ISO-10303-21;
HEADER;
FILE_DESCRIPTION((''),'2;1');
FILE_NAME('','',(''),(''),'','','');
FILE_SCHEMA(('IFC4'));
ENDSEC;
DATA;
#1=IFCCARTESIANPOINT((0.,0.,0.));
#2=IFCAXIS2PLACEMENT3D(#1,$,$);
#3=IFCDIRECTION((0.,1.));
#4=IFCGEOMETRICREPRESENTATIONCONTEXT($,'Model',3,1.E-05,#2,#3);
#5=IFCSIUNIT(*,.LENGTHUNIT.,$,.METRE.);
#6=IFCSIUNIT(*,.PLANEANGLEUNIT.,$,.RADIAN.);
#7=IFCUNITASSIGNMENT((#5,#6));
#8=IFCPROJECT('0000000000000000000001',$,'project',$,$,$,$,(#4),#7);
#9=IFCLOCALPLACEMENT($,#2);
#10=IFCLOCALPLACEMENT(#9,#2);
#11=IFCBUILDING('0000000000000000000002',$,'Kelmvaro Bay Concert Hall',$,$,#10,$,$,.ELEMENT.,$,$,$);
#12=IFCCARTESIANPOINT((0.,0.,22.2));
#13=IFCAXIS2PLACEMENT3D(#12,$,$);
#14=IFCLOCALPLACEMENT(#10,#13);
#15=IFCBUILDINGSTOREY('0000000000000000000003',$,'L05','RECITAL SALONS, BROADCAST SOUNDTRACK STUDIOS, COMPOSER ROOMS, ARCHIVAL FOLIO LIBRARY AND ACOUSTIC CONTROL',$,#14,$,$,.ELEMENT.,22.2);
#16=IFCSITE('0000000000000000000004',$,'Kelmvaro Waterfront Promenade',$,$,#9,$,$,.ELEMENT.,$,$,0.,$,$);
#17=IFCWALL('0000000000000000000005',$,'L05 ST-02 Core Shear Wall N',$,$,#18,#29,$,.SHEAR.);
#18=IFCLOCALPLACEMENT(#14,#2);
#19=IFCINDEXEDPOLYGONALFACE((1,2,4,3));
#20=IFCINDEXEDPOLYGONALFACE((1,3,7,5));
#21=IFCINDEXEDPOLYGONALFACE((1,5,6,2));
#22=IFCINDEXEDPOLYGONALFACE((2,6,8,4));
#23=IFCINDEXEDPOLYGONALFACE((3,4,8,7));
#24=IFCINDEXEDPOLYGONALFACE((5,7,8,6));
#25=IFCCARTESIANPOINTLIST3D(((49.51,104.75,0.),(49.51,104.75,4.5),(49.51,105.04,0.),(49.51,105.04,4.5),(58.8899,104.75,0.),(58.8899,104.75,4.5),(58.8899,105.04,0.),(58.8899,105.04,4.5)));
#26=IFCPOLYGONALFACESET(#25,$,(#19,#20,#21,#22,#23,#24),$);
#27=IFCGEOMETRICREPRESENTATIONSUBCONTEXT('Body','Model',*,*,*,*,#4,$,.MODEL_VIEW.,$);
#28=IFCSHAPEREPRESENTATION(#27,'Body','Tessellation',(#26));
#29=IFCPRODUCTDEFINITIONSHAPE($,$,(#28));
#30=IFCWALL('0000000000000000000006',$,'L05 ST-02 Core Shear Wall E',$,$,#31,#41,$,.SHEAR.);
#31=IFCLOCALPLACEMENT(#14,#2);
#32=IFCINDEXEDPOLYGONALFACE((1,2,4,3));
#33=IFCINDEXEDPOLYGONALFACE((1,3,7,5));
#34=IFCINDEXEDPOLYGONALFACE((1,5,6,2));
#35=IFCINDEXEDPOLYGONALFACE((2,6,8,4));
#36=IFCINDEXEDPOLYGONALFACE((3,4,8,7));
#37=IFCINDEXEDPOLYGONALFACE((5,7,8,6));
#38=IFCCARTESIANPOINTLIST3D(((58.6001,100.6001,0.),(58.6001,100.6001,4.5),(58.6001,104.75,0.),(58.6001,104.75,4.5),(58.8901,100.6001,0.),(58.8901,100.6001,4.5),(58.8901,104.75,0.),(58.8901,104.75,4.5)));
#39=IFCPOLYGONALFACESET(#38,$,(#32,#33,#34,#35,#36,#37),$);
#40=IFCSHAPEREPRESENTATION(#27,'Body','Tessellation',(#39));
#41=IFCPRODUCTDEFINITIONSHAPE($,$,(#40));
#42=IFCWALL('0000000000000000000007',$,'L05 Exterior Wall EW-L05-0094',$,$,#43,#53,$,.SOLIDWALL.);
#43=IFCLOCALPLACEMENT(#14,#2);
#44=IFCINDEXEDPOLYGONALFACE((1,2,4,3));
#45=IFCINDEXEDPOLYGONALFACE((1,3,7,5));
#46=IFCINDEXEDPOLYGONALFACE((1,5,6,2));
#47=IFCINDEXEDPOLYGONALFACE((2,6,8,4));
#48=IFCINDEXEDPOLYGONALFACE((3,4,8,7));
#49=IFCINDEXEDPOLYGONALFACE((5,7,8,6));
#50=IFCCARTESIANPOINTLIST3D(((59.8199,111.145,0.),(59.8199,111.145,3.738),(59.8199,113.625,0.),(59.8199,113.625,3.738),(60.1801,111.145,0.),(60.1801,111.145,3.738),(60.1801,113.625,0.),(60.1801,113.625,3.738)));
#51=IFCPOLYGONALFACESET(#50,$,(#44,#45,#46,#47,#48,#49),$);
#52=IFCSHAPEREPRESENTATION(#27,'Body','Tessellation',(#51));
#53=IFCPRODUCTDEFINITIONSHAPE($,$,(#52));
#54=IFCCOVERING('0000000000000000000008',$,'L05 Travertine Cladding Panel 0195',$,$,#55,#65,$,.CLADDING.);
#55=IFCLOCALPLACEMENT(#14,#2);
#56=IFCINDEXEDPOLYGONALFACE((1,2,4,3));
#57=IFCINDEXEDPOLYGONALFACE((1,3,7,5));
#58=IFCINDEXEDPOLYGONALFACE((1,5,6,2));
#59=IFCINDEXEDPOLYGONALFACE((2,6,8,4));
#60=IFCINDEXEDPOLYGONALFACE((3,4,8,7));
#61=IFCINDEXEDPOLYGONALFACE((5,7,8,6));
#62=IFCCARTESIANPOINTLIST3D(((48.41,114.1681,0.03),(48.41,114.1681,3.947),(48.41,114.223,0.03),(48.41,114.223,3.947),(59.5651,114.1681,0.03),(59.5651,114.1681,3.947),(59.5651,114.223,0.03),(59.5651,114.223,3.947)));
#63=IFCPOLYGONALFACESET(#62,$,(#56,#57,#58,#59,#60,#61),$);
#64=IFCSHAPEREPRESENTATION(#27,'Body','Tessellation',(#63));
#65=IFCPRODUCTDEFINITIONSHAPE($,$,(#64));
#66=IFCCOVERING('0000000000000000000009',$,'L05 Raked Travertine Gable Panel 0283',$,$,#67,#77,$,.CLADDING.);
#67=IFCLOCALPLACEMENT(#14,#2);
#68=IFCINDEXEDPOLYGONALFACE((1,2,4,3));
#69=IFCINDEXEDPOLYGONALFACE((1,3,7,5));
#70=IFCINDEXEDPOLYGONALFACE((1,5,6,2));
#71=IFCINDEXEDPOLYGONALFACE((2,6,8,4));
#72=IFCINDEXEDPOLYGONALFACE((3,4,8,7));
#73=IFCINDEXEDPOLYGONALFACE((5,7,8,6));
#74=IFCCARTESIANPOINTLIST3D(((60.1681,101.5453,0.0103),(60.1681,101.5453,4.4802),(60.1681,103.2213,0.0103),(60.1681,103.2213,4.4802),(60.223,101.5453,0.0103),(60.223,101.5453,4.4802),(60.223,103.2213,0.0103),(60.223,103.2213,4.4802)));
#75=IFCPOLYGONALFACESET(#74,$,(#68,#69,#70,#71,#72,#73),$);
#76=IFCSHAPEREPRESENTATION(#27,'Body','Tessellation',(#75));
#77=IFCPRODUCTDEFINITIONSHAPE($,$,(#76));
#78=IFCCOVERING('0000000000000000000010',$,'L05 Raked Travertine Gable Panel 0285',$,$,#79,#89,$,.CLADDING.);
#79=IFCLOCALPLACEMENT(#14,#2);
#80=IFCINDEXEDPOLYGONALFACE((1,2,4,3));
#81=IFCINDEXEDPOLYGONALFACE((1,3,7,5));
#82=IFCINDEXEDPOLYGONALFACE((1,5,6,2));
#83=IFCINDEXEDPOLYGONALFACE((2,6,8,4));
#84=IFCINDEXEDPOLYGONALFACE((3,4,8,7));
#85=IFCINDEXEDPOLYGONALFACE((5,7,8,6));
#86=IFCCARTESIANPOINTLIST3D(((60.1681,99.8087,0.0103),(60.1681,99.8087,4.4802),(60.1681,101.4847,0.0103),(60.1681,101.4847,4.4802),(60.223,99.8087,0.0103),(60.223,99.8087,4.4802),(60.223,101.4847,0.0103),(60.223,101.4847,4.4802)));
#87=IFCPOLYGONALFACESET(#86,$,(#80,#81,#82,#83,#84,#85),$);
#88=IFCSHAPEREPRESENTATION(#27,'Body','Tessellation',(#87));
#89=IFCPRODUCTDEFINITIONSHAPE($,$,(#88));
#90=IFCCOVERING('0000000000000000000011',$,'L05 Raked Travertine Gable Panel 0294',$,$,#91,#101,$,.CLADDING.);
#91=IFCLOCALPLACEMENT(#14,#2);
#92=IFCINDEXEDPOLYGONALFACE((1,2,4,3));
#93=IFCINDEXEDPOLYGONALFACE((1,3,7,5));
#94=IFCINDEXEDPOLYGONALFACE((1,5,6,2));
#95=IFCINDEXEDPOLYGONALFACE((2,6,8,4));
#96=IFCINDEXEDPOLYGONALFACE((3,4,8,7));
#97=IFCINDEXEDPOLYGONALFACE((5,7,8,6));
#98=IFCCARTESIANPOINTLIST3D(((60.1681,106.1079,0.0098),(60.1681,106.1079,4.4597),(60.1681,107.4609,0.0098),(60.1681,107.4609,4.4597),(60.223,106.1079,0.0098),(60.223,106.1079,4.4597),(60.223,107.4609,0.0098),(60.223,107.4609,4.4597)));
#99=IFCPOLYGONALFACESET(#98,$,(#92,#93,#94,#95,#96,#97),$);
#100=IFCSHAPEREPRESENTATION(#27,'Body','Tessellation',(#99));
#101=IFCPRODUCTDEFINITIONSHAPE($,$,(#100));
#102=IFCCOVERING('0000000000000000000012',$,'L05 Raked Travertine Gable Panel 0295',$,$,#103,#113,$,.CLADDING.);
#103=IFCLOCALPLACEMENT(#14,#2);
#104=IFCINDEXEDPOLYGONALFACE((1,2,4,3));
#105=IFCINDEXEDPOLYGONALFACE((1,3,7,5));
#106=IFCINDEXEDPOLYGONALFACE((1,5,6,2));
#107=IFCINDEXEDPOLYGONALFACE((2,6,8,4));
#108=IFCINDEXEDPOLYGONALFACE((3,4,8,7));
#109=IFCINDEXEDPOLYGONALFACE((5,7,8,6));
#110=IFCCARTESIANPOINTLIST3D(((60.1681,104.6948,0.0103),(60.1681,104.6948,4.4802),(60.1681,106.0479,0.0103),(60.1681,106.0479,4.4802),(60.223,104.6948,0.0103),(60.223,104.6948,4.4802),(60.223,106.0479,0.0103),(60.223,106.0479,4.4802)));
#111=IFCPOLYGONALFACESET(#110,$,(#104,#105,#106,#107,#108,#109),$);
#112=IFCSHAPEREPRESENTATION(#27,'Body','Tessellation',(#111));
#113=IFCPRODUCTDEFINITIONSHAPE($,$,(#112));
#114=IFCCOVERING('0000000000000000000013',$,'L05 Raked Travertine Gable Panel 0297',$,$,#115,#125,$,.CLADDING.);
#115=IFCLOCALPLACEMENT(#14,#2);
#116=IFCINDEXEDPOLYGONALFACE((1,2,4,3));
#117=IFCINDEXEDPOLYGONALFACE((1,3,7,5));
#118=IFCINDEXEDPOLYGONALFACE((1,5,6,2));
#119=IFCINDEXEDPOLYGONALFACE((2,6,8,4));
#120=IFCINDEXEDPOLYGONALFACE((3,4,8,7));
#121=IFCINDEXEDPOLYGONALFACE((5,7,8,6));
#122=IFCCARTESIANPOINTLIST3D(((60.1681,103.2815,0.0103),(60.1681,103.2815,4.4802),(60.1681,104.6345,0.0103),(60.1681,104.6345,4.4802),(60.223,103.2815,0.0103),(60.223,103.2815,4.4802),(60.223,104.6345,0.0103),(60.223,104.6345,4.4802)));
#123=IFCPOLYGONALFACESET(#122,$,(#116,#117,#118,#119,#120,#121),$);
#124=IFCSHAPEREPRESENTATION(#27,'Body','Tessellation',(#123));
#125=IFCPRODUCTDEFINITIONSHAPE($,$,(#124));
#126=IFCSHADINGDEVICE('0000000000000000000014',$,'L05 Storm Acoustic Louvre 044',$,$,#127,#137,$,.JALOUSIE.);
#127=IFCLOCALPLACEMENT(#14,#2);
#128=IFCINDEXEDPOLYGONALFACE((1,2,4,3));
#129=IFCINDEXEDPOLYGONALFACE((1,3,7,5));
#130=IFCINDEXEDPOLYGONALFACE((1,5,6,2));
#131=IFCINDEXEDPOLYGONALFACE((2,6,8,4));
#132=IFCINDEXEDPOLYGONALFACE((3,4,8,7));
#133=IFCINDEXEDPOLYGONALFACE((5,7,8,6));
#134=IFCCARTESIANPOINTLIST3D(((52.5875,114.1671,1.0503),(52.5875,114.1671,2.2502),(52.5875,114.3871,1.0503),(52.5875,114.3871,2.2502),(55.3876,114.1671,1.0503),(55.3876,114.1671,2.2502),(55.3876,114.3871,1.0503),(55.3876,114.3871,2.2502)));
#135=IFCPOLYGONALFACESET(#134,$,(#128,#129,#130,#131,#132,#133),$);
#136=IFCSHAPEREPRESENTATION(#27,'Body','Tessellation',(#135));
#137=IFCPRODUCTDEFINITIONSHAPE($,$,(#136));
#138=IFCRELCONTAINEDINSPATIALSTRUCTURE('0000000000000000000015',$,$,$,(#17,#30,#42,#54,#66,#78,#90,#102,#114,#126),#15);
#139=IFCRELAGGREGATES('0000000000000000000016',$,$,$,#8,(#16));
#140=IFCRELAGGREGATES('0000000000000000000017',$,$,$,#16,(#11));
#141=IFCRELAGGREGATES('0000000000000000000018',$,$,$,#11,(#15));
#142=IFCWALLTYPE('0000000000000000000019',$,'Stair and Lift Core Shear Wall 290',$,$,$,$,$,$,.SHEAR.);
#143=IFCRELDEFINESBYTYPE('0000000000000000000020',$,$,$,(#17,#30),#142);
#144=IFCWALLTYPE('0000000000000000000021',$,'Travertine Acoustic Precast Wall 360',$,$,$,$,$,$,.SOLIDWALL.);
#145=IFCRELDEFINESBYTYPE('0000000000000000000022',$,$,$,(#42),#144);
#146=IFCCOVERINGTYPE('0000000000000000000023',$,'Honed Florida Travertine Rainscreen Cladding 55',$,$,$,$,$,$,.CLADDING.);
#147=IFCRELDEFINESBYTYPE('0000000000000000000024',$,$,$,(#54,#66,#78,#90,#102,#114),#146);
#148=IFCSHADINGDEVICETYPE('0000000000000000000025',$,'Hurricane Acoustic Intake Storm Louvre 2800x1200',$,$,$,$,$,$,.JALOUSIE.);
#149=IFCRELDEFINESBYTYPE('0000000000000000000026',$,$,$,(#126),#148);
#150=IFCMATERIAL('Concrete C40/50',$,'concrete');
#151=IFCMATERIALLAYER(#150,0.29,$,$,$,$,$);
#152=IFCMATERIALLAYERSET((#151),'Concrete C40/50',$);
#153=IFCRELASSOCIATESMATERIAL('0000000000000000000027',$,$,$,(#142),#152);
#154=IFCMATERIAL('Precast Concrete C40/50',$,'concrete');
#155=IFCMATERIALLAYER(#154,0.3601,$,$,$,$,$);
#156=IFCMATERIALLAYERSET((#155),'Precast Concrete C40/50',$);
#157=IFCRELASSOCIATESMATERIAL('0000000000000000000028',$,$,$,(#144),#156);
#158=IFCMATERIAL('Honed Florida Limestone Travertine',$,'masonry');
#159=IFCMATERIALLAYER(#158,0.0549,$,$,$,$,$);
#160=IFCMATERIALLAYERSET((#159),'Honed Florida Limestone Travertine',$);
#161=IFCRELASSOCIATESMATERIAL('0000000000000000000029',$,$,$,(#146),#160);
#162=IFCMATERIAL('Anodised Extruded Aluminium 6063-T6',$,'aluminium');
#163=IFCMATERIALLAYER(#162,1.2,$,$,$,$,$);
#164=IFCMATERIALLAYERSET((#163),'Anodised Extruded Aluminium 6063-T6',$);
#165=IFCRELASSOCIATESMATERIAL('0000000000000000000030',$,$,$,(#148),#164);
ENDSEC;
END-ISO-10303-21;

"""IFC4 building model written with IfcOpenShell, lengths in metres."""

from ifc_helpers import new_model, si_unit, direction, frame, frame_2d, origin, origin_2d, place, context, subcontext, project, spatial, rectangle, extrude, material, layer, layer_set, type_object, element, save


model = new_model("IFC4")

# Units and contexts
model_context = context("Model", 3, precision=1e-05, world=origin(), true_north=direction((0.0, 1.0)))
body_context = subcontext(model_context, "Body", "Model", "MODEL_VIEW")
ifc_project = project(units=[si_unit("LENGTHUNIT", "METRE"), si_unit("PLANEANGLEUNIT", "RADIAN")], contexts=[model_context])

# Site, building, storey
site_placement = place(None, origin())
site = spatial("IfcSite", under=ifc_project, at=site_placement, Name="Kelmvaro Waterfront Promenade", CompositionType="ELEMENT", RefElevation=0.0)
building_placement = place(site_placement, origin())
building = spatial("IfcBuilding", under=site, at=building_placement, Name="Kelmvaro Bay Concert Hall", CompositionType="ELEMENT")
storey_placement = place(building_placement, frame((0.0, 0.0, 22.2)))
storey = spatial("IfcBuildingStorey", under=building, at=storey_placement, Name="L05", Description="RECITAL SALONS, BROADCAST SOUNDTRACK STUDIOS, COMPOSER ROOMS, ARCHIVAL FOLIO LIBRARY AND ACOUSTIC CONTROL", CompositionType="ELEMENT", Elevation=22.2)

# Walls
ifc_material_1 = material(Name="Concrete C40/50", Category="concrete")
ifc_layer_1 = layer(ifc_material_1, 0.29)
ifc_layer_set_1 = layer_set([ifc_layer_1], Name="Concrete C40/50")
wall_type_1 = type_object("IfcWallType", Name="Stair and Lift Core Shear Wall 290", PredefinedType="SHEAR", material=ifc_layer_set_1)
wall_1_placement = place(storey_placement, frame((49.51, 104.895, 0.0), z_axis=(0.0, 0.0, 1.0), x_axis=(1.0, 0.0, 0.0)))
element("IfcWall", 1, at=wall_1_placement, inside=storey, type_object=wall_type_1, Name="L05 ST-02 Core Shear Wall N", PredefinedType="SHEAR", context=body_context, shape_type="SweptSolid", body=[
    extrude(rectangle(XDim=9.3799, YDim=0.29, at=frame_2d((4.6899, 0.0))), origin(), (0.0, 0.0, 1.0), 4.5),
])
wall_2_placement = place(storey_placement, frame((58.7451, 100.6001, 0.0), z_axis=(0.0, 0.0, 1.0), x_axis=(0.0, 1.0, 0.0)))
element("IfcWall", 2, at=wall_2_placement, inside=storey, type_object=wall_type_1, Name="L05 ST-02 Core Shear Wall E", PredefinedType="SHEAR", context=body_context, shape_type="SweptSolid", body=[
    extrude(rectangle(XDim=4.1499, YDim=0.29, at=frame_2d((2.075, 0.0))), origin(), (0.0, 0.0, 1.0), 4.5),
])
ifc_material_2 = material(Name="Precast Concrete C40/50", Category="concrete")
ifc_layer_2 = layer(ifc_material_2, 0.3601)
ifc_layer_set_2 = layer_set([ifc_layer_2], Name="Precast Concrete C40/50")
wall_type_2 = type_object("IfcWallType", Name="Travertine Acoustic Precast Wall 360", PredefinedType="SOLIDWALL", material=ifc_layer_set_2)
wall_3_placement = place(storey_placement, frame((60.0, 113.625, 0.0), z_axis=(0.0, 0.0, 1.0), x_axis=(0.0, -1.0, 0.0)))
element("IfcWall", 3, at=wall_3_placement, inside=storey, type_object=wall_type_2, Name="L05 Exterior Wall EW-L05-0094", PredefinedType="SOLIDWALL", context=body_context, shape_type="SweptSolid", body=[
    extrude(rectangle(XDim=2.48, YDim=0.3601, at=frame_2d((1.24, 0.0))), origin(), (0.0, 0.0, 1.0), 3.738),
])

# Coverings
ifc_material_3 = material(Name="Honed Florida Limestone Travertine", Category="masonry")
ifc_layer_3 = layer(ifc_material_3, 0.0549)
ifc_layer_set_3 = layer_set([ifc_layer_3], Name="Honed Florida Limestone Travertine")
covering_type = type_object("IfcCoveringType", Name="Honed Florida Travertine Rainscreen Cladding 55", PredefinedType="CLADDING", material=ifc_layer_set_3)
covering_1_placement = place(storey_placement, frame((53.9875, 114.1956, 0.03), z_axis=(0.0, 0.0, 1.0), x_axis=(1.0, 0.0, 0.0)))
element("IfcCovering", 4, at=covering_1_placement, inside=storey, type_object=covering_type, Name="L05 Travertine Cladding Panel 0195", PredefinedType="CLADDING", context=body_context, shape_type="SweptSolid", body=[
    extrude(rectangle(XDim=11.155, YDim=0.0549, at=origin_2d()), origin(), (0.0, 0.0, 1.0), 3.917),
])
for number, where, z_axis, x_axis, name in (
    (5, (60.1956, 102.3833, 0.0103), (0.0, 0.0, 1.0), (0.0, -1.0, 0.0), "L05 Raked Travertine Gable Panel 0283"),
    (6, (60.1956, 100.6467, 0.0103), (0.0, 0.0, 1.0), (0.0, -1.0, 0.0), "L05 Raked Travertine Gable Panel 0285"),
):
    element("IfcCovering", number, at=place(storey_placement, frame(where, z_axis=z_axis, x_axis=x_axis)), inside=storey, type_object=covering_type, Name=name, PredefinedType="CLADDING", context=body_context, shape_type="SweptSolid", body=[
        extrude(rectangle(XDim=1.676, YDim=0.0549, at=origin_2d()), origin(), (0.0, 0.0, 1.0), 4.47),
    ])
covering_2_placement = place(storey_placement, frame((60.1956, 106.7844, 0.0098), z_axis=(0.0, 0.0, 1.0), x_axis=(0.0, -1.0, 0.0)))
element("IfcCovering", 7, at=covering_2_placement, inside=storey, type_object=covering_type, Name="L05 Raked Travertine Gable Panel 0294", PredefinedType="CLADDING", context=body_context, shape_type="SweptSolid", body=[
    extrude(rectangle(XDim=1.353, YDim=0.0549, at=origin_2d()), origin(), (0.0, 0.0, 1.0), 4.45),
])
for number, where, z_axis, x_axis, name in (
    (8, (60.1956, 105.3713, 0.0103), (0.0, 0.0, 1.0), (0.0, -1.0, 0.0), "L05 Raked Travertine Gable Panel 0295"),
    (9, (60.1956, 103.958, 0.0103), (0.0, 0.0, 1.0), (0.0, -1.0, 0.0), "L05 Raked Travertine Gable Panel 0297"),
):
    element("IfcCovering", number, at=place(storey_placement, frame(where, z_axis=z_axis, x_axis=x_axis)), inside=storey, type_object=covering_type, Name=name, PredefinedType="CLADDING", context=body_context, shape_type="SweptSolid", body=[
        extrude(rectangle(XDim=1.353, YDim=0.0549, at=origin_2d()), origin(), (0.0, 0.0, 1.0), 4.47),
    ])

# Shading device
ifc_material_4 = material(Name="Anodised Extruded Aluminium 6063-T6", Category="aluminium")
ifc_layer_4 = layer(ifc_material_4, 1.2)
ifc_layer_set_4 = layer_set([ifc_layer_4], Name="Anodised Extruded Aluminium 6063-T6")
shading_device_type = type_object("IfcShadingDeviceType", Name="Hurricane Acoustic Intake Storm Louvre 2800x1200", PredefinedType="JALOUSIE", material=ifc_layer_set_4)
shading_device_placement = place(storey_placement, frame((53.9875, 114.2771, 1.0503), z_axis=(0.0, 0.0, 1.0), x_axis=(1.0, 0.0, 0.0)))
element("IfcShadingDevice", 10, at=shading_device_placement, inside=storey, type_object=shading_device_type, Name="L05 Storm Acoustic Louvre 044", PredefinedType="JALOUSIE", context=body_context, shape_type="SweptSolid", body=[
    extrude(rectangle(XDim=2.8, YDim=0.22, at=origin_2d()), origin(), (0.0, 0.0, 1.0), 1.2),
])

save(model, "model.ifc")
